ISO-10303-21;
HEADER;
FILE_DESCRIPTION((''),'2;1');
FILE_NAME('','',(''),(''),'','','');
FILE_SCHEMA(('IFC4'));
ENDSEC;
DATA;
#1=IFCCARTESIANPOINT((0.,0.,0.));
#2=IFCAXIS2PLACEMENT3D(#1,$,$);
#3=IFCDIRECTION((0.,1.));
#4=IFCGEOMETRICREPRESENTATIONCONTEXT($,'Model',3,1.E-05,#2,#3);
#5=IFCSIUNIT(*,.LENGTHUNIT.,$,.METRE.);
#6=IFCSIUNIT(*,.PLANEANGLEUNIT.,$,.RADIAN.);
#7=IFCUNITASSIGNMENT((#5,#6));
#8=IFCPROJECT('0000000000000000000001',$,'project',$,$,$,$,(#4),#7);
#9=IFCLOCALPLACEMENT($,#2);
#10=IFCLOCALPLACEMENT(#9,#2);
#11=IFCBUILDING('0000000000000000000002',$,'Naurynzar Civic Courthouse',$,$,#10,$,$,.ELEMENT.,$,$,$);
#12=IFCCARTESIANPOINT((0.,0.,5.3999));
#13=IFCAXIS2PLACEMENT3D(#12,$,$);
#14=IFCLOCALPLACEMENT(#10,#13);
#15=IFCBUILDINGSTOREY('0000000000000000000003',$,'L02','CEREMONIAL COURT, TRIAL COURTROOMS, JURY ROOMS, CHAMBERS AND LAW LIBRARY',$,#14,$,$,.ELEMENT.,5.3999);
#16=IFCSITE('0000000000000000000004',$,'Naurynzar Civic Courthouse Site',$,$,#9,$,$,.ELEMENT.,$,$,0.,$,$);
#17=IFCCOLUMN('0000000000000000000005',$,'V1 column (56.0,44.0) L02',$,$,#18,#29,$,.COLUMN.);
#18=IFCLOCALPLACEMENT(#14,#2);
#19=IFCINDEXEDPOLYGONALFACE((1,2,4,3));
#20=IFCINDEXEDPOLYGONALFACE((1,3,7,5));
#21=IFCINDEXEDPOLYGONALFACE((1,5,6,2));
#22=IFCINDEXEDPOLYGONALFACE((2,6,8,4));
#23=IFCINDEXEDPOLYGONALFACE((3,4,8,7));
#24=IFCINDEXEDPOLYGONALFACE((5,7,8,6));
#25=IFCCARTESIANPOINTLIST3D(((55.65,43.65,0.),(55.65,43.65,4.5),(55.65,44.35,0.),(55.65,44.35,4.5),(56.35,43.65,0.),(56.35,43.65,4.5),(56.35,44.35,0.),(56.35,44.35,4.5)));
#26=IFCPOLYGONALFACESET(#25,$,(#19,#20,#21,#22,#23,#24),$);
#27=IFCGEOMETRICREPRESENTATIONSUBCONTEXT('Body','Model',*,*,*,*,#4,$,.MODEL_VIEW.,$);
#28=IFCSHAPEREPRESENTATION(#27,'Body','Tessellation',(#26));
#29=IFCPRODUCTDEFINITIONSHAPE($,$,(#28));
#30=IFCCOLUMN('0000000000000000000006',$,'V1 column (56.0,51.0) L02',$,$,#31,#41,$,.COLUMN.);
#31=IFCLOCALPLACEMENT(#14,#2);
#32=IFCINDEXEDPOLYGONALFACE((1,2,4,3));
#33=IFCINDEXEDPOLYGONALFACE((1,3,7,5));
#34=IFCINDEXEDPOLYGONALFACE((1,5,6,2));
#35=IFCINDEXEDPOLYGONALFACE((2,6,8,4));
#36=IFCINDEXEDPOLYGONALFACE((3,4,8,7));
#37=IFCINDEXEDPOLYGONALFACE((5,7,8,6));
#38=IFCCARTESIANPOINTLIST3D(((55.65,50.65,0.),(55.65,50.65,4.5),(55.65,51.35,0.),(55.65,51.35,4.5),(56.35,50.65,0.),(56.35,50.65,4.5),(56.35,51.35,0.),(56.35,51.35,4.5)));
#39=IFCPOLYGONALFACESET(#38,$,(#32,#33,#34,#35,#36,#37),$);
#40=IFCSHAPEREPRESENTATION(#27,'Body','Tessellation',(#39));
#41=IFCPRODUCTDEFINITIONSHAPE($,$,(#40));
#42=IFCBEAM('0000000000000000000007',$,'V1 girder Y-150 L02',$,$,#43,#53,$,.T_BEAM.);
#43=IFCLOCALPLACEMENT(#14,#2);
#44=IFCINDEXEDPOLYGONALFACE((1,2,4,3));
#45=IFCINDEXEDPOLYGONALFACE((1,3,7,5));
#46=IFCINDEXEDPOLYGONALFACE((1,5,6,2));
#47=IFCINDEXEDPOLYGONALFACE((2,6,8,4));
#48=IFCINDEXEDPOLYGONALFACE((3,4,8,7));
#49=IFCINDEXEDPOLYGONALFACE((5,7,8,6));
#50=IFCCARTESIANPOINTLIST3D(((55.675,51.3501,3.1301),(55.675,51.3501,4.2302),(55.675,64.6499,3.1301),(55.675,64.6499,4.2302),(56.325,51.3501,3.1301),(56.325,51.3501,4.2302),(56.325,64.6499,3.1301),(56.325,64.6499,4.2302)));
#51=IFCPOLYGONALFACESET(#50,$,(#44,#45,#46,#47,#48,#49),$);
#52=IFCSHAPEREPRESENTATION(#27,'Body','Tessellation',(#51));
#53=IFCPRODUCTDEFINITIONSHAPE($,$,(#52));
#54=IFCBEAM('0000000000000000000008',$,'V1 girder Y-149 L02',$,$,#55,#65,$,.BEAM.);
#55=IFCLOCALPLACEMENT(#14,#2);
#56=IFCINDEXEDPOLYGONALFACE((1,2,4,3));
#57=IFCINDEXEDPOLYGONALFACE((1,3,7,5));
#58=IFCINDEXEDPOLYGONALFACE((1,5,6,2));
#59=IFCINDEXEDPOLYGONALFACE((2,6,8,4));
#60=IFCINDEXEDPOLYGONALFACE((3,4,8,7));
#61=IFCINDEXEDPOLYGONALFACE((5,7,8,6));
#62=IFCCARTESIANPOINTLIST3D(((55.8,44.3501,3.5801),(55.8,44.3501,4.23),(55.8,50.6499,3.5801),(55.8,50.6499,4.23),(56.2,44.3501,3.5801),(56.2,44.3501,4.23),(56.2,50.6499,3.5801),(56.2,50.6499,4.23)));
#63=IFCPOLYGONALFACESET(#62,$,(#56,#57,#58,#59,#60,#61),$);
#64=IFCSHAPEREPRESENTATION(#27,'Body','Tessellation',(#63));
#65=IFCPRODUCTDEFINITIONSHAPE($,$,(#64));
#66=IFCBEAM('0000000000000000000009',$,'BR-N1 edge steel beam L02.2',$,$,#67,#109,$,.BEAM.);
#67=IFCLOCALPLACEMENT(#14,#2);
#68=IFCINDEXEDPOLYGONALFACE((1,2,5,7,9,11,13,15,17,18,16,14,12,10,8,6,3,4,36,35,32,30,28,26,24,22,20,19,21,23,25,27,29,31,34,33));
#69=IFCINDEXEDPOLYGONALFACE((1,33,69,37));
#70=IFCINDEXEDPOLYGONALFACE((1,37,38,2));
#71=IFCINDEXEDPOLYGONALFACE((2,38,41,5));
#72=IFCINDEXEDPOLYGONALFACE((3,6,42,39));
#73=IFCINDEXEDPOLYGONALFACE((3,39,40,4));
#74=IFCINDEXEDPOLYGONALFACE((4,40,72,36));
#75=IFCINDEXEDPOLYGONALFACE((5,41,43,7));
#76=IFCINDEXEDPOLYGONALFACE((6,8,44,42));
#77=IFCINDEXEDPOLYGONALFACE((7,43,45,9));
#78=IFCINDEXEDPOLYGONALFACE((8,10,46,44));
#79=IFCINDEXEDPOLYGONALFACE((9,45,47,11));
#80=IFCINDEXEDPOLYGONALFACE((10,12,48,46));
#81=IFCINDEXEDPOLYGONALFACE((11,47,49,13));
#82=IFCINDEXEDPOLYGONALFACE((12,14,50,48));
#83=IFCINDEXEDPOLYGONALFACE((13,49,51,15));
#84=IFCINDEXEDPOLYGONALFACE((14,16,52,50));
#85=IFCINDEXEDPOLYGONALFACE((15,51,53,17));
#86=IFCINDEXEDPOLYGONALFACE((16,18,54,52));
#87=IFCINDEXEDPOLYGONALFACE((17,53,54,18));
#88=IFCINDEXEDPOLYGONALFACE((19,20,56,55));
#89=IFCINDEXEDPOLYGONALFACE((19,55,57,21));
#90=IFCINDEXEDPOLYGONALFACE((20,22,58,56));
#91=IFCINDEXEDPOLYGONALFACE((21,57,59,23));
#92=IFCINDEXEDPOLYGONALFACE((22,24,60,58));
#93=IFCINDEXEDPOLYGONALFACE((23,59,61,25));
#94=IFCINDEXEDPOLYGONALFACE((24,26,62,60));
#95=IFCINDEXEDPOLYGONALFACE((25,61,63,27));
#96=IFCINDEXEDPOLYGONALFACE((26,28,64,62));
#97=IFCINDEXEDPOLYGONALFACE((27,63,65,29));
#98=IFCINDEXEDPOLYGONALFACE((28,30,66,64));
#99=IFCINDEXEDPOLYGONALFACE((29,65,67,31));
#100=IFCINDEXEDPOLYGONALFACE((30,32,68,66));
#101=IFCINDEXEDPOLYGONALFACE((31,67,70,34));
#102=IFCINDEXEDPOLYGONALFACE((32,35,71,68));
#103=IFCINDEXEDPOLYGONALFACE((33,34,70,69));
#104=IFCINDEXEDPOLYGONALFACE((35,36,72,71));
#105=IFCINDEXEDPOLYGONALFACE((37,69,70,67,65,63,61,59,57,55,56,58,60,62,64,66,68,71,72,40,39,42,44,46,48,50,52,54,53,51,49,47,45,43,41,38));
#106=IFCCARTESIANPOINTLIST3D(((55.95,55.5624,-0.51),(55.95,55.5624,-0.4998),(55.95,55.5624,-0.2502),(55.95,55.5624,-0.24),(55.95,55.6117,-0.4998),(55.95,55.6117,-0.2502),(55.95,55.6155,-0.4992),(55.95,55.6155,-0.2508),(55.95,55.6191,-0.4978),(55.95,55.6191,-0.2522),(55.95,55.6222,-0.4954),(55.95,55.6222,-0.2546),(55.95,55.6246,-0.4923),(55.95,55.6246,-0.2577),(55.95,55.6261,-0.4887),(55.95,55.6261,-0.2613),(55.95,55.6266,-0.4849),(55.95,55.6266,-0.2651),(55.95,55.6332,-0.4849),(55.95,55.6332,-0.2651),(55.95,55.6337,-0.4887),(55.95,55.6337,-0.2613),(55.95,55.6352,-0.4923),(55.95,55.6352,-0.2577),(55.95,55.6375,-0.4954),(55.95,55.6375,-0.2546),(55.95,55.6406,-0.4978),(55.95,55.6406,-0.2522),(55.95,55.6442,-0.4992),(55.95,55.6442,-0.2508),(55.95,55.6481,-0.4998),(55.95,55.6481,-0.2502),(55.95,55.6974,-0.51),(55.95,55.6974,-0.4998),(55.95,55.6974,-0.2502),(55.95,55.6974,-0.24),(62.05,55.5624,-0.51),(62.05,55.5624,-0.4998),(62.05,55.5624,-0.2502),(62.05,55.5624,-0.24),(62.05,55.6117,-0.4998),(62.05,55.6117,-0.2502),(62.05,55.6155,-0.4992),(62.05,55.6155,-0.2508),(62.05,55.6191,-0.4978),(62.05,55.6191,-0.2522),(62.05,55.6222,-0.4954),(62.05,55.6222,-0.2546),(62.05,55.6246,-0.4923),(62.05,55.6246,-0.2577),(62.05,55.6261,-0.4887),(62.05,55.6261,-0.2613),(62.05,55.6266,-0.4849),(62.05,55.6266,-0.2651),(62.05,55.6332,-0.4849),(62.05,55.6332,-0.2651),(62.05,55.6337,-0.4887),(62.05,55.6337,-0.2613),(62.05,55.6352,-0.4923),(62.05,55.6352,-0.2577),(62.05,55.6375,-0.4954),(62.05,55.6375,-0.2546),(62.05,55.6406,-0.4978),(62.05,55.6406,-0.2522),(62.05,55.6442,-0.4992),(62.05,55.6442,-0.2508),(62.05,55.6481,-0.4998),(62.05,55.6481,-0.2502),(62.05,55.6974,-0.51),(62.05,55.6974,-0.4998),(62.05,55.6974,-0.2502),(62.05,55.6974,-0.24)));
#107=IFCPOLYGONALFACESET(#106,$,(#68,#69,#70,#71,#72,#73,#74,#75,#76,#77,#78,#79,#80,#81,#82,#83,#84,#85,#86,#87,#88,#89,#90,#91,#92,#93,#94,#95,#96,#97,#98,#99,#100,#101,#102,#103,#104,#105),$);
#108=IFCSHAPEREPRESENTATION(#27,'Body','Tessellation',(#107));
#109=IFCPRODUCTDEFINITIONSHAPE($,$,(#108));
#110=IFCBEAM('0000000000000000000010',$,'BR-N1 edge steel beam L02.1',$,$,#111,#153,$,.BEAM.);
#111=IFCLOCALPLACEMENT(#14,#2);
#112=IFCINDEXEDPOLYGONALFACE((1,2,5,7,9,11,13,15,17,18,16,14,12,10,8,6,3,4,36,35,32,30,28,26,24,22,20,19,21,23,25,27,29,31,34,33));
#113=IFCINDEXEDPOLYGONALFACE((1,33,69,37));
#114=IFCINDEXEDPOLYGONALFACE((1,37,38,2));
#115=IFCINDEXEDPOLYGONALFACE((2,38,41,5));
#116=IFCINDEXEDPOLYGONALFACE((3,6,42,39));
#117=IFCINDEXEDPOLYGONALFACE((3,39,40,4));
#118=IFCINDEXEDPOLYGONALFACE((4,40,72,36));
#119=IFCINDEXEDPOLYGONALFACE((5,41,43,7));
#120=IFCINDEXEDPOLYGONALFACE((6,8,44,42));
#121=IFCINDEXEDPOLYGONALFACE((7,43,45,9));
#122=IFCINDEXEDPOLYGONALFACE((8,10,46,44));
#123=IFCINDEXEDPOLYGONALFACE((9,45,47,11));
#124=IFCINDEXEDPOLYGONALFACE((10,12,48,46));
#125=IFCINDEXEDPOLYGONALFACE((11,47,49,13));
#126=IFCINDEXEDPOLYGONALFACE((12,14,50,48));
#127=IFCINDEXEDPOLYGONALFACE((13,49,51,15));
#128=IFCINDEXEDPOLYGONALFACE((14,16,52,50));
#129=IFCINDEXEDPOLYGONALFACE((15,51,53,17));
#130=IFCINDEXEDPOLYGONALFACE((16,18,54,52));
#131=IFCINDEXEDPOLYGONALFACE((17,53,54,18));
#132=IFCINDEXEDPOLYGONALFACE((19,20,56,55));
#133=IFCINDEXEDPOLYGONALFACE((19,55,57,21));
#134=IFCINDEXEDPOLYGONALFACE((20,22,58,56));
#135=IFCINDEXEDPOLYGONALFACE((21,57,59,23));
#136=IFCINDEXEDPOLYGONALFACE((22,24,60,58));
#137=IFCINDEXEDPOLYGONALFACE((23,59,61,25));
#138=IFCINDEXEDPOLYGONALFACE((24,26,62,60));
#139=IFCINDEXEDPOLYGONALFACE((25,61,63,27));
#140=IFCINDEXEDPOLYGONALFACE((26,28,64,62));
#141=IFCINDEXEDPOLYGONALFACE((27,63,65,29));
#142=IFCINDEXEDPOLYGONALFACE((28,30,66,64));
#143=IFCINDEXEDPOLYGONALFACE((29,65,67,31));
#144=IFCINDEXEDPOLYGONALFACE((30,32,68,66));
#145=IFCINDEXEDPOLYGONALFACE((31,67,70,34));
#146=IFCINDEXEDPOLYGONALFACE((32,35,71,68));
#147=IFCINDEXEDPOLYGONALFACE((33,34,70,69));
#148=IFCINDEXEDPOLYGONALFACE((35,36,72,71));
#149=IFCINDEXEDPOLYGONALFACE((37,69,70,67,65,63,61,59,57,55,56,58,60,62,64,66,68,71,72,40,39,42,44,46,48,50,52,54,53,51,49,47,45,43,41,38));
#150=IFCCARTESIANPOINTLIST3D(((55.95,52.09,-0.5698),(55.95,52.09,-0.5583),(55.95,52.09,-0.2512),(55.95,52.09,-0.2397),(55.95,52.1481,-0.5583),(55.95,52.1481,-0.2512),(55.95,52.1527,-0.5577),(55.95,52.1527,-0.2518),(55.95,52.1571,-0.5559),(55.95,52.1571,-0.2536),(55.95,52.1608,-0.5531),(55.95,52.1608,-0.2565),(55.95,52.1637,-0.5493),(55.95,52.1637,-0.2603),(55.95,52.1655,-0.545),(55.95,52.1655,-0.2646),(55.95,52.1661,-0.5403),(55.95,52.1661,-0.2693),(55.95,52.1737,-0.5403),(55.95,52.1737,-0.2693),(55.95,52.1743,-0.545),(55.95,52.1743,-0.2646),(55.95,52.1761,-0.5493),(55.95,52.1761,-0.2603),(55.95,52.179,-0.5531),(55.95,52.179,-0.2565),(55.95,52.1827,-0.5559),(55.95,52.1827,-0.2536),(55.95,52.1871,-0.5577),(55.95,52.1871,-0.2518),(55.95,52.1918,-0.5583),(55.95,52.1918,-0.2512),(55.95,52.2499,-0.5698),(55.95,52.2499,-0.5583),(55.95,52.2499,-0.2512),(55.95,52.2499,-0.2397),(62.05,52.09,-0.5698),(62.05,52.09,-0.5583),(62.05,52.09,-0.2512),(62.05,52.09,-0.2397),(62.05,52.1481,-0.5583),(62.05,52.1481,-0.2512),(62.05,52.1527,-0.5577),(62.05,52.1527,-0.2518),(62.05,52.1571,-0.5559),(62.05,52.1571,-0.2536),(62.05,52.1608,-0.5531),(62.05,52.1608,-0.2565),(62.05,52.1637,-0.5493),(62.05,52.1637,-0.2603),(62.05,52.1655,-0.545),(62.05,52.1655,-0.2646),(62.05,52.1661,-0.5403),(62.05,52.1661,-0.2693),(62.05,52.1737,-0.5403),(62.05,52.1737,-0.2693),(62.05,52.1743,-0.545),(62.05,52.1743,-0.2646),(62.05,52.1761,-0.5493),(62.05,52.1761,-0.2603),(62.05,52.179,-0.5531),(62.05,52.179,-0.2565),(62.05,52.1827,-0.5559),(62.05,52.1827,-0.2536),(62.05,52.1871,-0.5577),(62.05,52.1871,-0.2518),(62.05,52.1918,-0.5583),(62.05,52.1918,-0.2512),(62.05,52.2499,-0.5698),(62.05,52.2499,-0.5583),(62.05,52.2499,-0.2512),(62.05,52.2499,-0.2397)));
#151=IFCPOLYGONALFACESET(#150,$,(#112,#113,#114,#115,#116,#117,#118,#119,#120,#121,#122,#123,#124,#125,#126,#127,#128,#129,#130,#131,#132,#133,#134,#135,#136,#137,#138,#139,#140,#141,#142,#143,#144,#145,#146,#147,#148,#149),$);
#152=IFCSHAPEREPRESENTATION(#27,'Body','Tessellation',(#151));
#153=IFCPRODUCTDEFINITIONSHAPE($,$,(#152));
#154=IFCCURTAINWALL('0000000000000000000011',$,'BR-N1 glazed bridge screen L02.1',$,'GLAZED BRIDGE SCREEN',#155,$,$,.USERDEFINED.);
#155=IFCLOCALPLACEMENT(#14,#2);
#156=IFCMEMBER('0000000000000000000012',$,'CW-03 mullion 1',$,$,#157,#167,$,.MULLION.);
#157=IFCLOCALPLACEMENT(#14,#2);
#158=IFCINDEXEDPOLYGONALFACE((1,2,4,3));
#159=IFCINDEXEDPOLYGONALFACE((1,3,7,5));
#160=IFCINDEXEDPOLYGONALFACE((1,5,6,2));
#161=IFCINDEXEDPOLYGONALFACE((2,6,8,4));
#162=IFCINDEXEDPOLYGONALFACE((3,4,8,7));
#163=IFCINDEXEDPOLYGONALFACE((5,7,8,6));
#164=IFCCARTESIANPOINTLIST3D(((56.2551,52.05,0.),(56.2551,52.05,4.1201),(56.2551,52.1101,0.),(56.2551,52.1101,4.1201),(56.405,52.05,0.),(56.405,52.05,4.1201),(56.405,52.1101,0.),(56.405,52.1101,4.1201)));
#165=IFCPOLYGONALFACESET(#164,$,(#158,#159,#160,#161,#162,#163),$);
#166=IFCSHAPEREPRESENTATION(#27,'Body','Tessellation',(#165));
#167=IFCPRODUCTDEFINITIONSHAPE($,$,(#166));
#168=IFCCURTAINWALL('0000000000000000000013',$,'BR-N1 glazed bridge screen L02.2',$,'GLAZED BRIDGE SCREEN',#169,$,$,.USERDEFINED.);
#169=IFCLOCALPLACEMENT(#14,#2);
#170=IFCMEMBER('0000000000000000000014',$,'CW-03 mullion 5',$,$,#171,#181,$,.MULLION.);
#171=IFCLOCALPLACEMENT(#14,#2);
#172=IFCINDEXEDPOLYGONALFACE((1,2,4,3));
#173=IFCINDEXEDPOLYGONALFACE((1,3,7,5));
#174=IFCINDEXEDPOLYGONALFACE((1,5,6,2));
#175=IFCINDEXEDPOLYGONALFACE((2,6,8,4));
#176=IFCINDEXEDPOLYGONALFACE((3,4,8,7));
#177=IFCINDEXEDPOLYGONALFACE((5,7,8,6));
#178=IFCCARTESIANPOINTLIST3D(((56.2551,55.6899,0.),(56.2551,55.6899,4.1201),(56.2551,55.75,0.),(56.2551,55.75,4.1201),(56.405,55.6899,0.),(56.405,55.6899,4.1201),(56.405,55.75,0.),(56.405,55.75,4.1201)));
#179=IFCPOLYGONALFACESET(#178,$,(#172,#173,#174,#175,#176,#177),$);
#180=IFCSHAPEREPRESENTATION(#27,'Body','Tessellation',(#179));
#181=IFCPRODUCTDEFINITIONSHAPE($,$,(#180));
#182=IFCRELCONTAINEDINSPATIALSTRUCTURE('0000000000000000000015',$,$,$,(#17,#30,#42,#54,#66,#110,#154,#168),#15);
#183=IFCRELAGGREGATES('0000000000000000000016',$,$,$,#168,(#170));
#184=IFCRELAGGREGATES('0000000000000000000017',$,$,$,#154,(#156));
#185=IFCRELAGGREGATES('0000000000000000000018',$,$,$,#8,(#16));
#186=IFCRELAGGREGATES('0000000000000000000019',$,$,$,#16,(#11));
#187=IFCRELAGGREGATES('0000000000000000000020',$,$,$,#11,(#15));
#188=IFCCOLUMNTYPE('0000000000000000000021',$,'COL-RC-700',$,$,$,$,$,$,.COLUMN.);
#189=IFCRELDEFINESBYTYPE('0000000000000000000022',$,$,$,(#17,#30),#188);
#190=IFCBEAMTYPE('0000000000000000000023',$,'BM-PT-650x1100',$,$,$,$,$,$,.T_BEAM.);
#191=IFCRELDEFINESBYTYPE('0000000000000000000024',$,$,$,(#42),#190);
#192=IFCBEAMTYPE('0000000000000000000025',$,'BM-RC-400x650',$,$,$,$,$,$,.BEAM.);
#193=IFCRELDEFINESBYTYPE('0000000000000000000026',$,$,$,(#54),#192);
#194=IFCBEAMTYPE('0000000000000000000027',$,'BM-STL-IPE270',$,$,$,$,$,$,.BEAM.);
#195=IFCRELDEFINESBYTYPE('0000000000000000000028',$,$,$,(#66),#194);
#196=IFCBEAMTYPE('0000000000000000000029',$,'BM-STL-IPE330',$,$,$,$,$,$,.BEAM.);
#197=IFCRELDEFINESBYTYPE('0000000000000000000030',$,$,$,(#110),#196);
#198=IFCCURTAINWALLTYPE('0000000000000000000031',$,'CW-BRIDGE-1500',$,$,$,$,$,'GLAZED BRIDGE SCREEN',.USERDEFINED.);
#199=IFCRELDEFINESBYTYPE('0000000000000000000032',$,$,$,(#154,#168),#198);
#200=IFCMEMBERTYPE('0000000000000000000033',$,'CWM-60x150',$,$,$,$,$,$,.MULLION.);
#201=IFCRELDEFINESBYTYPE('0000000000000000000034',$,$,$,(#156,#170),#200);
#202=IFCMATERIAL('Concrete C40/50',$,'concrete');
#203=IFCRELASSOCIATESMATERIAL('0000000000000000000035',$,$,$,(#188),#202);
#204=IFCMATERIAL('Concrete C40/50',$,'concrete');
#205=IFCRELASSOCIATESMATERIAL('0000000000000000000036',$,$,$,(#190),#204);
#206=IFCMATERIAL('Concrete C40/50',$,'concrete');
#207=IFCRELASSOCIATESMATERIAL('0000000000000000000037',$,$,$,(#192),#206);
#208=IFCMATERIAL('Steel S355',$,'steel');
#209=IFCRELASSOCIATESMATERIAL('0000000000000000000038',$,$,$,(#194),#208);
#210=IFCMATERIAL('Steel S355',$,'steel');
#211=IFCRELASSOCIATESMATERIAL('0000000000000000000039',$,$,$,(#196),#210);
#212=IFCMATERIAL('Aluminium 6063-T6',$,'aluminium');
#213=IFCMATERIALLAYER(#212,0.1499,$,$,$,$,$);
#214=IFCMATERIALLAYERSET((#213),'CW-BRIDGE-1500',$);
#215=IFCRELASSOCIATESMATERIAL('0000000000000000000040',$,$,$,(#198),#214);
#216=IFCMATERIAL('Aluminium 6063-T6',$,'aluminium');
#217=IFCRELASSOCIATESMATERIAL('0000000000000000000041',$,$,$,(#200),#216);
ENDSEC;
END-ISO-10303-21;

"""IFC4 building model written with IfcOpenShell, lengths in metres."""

from ifc_helpers import new_model, si_unit, direction, frame, origin, origin_2d, place, context, subcontext, project, spatial, rectangle, i_section, extrude, material, layer, layer_set, material_profile, profile_set, type_object, element, aggregate, save


model = new_model("IFC4")

# Units and contexts
model_context = context("Model", 3, precision=1e-05, world=origin(), true_north=direction((0.0, 1.0)))
body_context = subcontext(model_context, "Body", "Model", "MODEL_VIEW")
ifc_project = project(units=[si_unit("LENGTHUNIT", "METRE"), si_unit("PLANEANGLEUNIT", "RADIAN")], contexts=[model_context])

# Site, building, storey
site_placement = place(None, origin())
site = spatial("IfcSite", under=ifc_project, at=site_placement, Name="Naurynzar Civic Courthouse Site", CompositionType="ELEMENT", RefElevation=0.0)
building_placement = place(site_placement, origin())
building = spatial("IfcBuilding", under=site, at=building_placement, Name="Naurynzar Civic Courthouse", CompositionType="ELEMENT")
storey_placement = place(building_placement, frame((0.0, 0.0, 5.3999)))
storey = spatial("IfcBuildingStorey", under=building, at=storey_placement, Name="L02", Description="CEREMONIAL COURT, TRIAL COURTROOMS, JURY ROOMS, CHAMBERS AND LAW LIBRARY", CompositionType="ELEMENT", Elevation=5.3999)

# Columns
ifc_material_1 = material(Name="Concrete C40/50", Category="concrete")
ifc_material_profile_1 = material_profile(ifc_material_1, rectangle(XDim=0.7, YDim=0.7, at=origin_2d()), Name="RC 700x700")
ifc_profile_set_1 = profile_set([ifc_material_profile_1], Name="Concrete C40/50")
column_type = type_object("IfcColumnType", Name="COL-RC-700", PredefinedType="COLUMN", material=ifc_profile_set_1)
for number, where, z_axis, x_axis, name in (
    (1, (56.0, 44.0, 0.0), (0.0, 0.0, 1.0), (1.0, 0.0, 0.0), "V1 column (56.0,44.0) L02"),
    (2, (56.0, 51.0, 0.0), (0.0, 0.0, 1.0), (1.0, 0.0, 0.0), "V1 column (56.0,51.0) L02"),
):
    element("IfcColumn", number, at=place(storey_placement, frame(where, z_axis=z_axis, x_axis=x_axis)), inside=storey, type_object=column_type, Name=name, PredefinedType="COLUMN", context=body_context, shape_type="SweptSolid", body=[
        extrude(rectangle(XDim=0.7, YDim=0.7, at=origin_2d()), origin(), (0.0, 0.0, 1.0), 4.5),
    ])

# Beams
ifc_material_2 = material(Name="Concrete C40/50", Category="concrete")
ifc_material_profile_2 = material_profile(ifc_material_2, rectangle(XDim=0.6499, YDim=1.1001, at=origin_2d()), Name="PTB 650x1100")
ifc_profile_set_2 = profile_set([ifc_material_profile_2], Name="Concrete C40/50")
beam_type_1 = type_object("IfcBeamType", Name="BM-PT-650x1100", PredefinedType="T_BEAM", material=ifc_profile_set_2)
beam_1_placement = place(storey_placement, frame((56.0, 51.3501, 3.6802), z_axis=(0.0, 1.0, 0.0), x_axis=(-1.0, 0.0, 0.0)))
element("IfcBeam", 3, at=beam_1_placement, inside=storey, type_object=beam_type_1, Name="V1 girder Y-150 L02", PredefinedType="T_BEAM", context=body_context, shape_type="SweptSolid", body=[
    extrude(rectangle(XDim=0.6499, YDim=1.1001, at=origin_2d()), origin(), (0.0, 0.0, 1.0), 13.2998),
])
ifc_material_3 = material(Name="Concrete C40/50", Category="concrete")
ifc_material_profile_3 = material_profile(ifc_material_3, rectangle(XDim=0.3999, YDim=0.6499, at=origin_2d()), Name="RCB 400x650")
ifc_profile_set_3 = profile_set([ifc_material_profile_3], Name="Concrete C40/50")
beam_type_2 = type_object("IfcBeamType", Name="BM-RC-400x650", PredefinedType="BEAM", material=ifc_profile_set_3)
beam_2_placement = place(storey_placement, frame((56.0, 44.3501, 3.905), z_axis=(0.0, 1.0, 0.0), x_axis=(-1.0, 0.0, 0.0)))
element("IfcBeam", 4, at=beam_2_placement, inside=storey, type_object=beam_type_2, Name="V1 girder Y-149 L02", PredefinedType="BEAM", context=body_context, shape_type="SweptSolid", body=[
    extrude(rectangle(XDim=0.3999, YDim=0.6499, at=origin_2d()), origin(), (0.0, 0.0, 1.0), 6.2998),
])
ifc_material_4 = material(Name="Steel S355", Category="steel")
ifc_material_profile_4 = material_profile(ifc_material_4, i_section(OverallWidth=0.135, OverallDepth=0.27, WebThickness=0.0066, FlangeThickness=0.0103, FilletRadius=0.0149, at=origin_2d()), Name="IPE 270")
ifc_profile_set_4 = profile_set([ifc_material_profile_4], Name="Steel S355")
beam_type_3 = type_object("IfcBeamType", Name="BM-STL-IPE270", PredefinedType="BEAM", material=ifc_profile_set_4)
beam_3_placement = place(storey_placement, frame((55.95, 55.6299, -0.375), z_axis=(1.0, 0.0, 0.0), x_axis=(0.0, 1.0, 0.0)))
element("IfcBeam", 5, at=beam_3_placement, inside=storey, type_object=beam_type_3, Name="BR-N1 edge steel beam L02.2", PredefinedType="BEAM", context=body_context, shape_type="SweptSolid", body=[
    extrude(i_section(OverallWidth=0.135, OverallDepth=0.27, WebThickness=0.0066, FlangeThickness=0.0103, FilletRadius=0.0149, at=origin_2d()), origin(), (0.0, 0.0, 1.0), 6.1001),
])
ifc_material_5 = material(Name="Steel S355", Category="steel")
ifc_material_profile_5 = material_profile(ifc_material_5, i_section(OverallWidth=0.1599, OverallDepth=0.3301, WebThickness=0.0076, FlangeThickness=0.0115, FilletRadius=0.0181, at=origin_2d()), Name="IPE 330")
ifc_profile_set_5 = profile_set([ifc_material_profile_5], Name="Steel S355")
beam_type_4 = type_object("IfcBeamType", Name="BM-STL-IPE330", PredefinedType="BEAM", material=ifc_profile_set_5)
beam_4_placement = place(storey_placement, frame((55.95, 52.1699, -0.4048), z_axis=(1.0, 0.0, 0.0), x_axis=(0.0, 1.0, 0.0)))
element("IfcBeam", 6, at=beam_4_placement, inside=storey, type_object=beam_type_4, Name="BR-N1 edge steel beam L02.1", PredefinedType="BEAM", context=body_context, shape_type="SweptSolid", body=[
    extrude(i_section(OverallWidth=0.1599, OverallDepth=0.3301, WebThickness=0.0076, FlangeThickness=0.0115, FilletRadius=0.0181, at=origin_2d()), origin(), (0.0, 0.0, 1.0), 6.1001),
])

# Curtain walls, members
ifc_material_6 = material(Name="Aluminium 6063-T6", Category="aluminium")
ifc_layer_1 = layer(ifc_material_6, 0.1499)
ifc_layer_set_1 = layer_set([ifc_layer_1], Name="CW-BRIDGE-1500")
curtain_wall_type_1 = type_object("IfcCurtainWallType", Name="CW-BRIDGE-1500", ElementType="GLAZED BRIDGE SCREEN", PredefinedType="USERDEFINED", material=ifc_layer_set_1)
curtain_wall_1_placement = place(storey_placement, origin())
curtain_wall_1 = element("IfcCurtainWall", 7, at=curtain_wall_1_placement, inside=storey, type_object=curtain_wall_type_1, Name="BR-N1 glazed bridge screen L02.1", ObjectType="GLAZED BRIDGE SCREEN", PredefinedType="USERDEFINED")
ifc_material_7 = material(Name="Aluminium 6063-T6", Category="aluminium")
ifc_material_profile_6 = material_profile(ifc_material_7, rectangle(XDim=0.0601, YDim=0.1499, at=origin_2d()), Name="ALU MULLION 60x150")
ifc_profile_set_6 = profile_set([ifc_material_profile_6], Name="Aluminium 6063-T6")
member_type_1 = type_object("IfcMemberType", Name="CWM-60x150", PredefinedType="MULLION", material=ifc_profile_set_6)
member_1_placement = place(storey_placement, frame((56.3301, 52.0801, 0.0), z_axis=(0.0, 0.0, 1.0), x_axis=(0.0, 1.0, 0.0)))
member_1 = element("IfcMember", 8, at=member_1_placement, type_object=member_type_1, Name="CW-03 mullion 1", PredefinedType="MULLION", context=body_context, shape_type="SweptSolid", body=[
    extrude(rectangle(XDim=0.0601, YDim=0.1499, at=origin_2d()), origin(), (0.0, 0.0, 1.0), 4.1201),
])
curtain_wall_2_placement = place(storey_placement, origin())
curtain_wall_2 = element("IfcCurtainWall", 9, at=curtain_wall_2_placement, inside=storey, type_object=curtain_wall_type_1, Name="BR-N1 glazed bridge screen L02.2", ObjectType="GLAZED BRIDGE SCREEN", PredefinedType="USERDEFINED")
member_2_placement = place(storey_placement, frame((56.3301, 55.72, 0.0), z_axis=(0.0, 0.0, 1.0), x_axis=(0.0, -1.0, 0.0)))
member_2 = element("IfcMember", 10, at=member_2_placement, type_object=member_type_1, Name="CW-03 mullion 5", PredefinedType="MULLION", context=body_context, shape_type="SweptSolid", body=[
    extrude(rectangle(XDim=0.0601, YDim=0.1499, at=origin_2d()), origin(), (0.0, 0.0, 1.0), 4.1201),
])
aggregate(curtain_wall_2, [member_2])

aggregate(curtain_wall_1, [member_1])

save(model, "model.ifc")
